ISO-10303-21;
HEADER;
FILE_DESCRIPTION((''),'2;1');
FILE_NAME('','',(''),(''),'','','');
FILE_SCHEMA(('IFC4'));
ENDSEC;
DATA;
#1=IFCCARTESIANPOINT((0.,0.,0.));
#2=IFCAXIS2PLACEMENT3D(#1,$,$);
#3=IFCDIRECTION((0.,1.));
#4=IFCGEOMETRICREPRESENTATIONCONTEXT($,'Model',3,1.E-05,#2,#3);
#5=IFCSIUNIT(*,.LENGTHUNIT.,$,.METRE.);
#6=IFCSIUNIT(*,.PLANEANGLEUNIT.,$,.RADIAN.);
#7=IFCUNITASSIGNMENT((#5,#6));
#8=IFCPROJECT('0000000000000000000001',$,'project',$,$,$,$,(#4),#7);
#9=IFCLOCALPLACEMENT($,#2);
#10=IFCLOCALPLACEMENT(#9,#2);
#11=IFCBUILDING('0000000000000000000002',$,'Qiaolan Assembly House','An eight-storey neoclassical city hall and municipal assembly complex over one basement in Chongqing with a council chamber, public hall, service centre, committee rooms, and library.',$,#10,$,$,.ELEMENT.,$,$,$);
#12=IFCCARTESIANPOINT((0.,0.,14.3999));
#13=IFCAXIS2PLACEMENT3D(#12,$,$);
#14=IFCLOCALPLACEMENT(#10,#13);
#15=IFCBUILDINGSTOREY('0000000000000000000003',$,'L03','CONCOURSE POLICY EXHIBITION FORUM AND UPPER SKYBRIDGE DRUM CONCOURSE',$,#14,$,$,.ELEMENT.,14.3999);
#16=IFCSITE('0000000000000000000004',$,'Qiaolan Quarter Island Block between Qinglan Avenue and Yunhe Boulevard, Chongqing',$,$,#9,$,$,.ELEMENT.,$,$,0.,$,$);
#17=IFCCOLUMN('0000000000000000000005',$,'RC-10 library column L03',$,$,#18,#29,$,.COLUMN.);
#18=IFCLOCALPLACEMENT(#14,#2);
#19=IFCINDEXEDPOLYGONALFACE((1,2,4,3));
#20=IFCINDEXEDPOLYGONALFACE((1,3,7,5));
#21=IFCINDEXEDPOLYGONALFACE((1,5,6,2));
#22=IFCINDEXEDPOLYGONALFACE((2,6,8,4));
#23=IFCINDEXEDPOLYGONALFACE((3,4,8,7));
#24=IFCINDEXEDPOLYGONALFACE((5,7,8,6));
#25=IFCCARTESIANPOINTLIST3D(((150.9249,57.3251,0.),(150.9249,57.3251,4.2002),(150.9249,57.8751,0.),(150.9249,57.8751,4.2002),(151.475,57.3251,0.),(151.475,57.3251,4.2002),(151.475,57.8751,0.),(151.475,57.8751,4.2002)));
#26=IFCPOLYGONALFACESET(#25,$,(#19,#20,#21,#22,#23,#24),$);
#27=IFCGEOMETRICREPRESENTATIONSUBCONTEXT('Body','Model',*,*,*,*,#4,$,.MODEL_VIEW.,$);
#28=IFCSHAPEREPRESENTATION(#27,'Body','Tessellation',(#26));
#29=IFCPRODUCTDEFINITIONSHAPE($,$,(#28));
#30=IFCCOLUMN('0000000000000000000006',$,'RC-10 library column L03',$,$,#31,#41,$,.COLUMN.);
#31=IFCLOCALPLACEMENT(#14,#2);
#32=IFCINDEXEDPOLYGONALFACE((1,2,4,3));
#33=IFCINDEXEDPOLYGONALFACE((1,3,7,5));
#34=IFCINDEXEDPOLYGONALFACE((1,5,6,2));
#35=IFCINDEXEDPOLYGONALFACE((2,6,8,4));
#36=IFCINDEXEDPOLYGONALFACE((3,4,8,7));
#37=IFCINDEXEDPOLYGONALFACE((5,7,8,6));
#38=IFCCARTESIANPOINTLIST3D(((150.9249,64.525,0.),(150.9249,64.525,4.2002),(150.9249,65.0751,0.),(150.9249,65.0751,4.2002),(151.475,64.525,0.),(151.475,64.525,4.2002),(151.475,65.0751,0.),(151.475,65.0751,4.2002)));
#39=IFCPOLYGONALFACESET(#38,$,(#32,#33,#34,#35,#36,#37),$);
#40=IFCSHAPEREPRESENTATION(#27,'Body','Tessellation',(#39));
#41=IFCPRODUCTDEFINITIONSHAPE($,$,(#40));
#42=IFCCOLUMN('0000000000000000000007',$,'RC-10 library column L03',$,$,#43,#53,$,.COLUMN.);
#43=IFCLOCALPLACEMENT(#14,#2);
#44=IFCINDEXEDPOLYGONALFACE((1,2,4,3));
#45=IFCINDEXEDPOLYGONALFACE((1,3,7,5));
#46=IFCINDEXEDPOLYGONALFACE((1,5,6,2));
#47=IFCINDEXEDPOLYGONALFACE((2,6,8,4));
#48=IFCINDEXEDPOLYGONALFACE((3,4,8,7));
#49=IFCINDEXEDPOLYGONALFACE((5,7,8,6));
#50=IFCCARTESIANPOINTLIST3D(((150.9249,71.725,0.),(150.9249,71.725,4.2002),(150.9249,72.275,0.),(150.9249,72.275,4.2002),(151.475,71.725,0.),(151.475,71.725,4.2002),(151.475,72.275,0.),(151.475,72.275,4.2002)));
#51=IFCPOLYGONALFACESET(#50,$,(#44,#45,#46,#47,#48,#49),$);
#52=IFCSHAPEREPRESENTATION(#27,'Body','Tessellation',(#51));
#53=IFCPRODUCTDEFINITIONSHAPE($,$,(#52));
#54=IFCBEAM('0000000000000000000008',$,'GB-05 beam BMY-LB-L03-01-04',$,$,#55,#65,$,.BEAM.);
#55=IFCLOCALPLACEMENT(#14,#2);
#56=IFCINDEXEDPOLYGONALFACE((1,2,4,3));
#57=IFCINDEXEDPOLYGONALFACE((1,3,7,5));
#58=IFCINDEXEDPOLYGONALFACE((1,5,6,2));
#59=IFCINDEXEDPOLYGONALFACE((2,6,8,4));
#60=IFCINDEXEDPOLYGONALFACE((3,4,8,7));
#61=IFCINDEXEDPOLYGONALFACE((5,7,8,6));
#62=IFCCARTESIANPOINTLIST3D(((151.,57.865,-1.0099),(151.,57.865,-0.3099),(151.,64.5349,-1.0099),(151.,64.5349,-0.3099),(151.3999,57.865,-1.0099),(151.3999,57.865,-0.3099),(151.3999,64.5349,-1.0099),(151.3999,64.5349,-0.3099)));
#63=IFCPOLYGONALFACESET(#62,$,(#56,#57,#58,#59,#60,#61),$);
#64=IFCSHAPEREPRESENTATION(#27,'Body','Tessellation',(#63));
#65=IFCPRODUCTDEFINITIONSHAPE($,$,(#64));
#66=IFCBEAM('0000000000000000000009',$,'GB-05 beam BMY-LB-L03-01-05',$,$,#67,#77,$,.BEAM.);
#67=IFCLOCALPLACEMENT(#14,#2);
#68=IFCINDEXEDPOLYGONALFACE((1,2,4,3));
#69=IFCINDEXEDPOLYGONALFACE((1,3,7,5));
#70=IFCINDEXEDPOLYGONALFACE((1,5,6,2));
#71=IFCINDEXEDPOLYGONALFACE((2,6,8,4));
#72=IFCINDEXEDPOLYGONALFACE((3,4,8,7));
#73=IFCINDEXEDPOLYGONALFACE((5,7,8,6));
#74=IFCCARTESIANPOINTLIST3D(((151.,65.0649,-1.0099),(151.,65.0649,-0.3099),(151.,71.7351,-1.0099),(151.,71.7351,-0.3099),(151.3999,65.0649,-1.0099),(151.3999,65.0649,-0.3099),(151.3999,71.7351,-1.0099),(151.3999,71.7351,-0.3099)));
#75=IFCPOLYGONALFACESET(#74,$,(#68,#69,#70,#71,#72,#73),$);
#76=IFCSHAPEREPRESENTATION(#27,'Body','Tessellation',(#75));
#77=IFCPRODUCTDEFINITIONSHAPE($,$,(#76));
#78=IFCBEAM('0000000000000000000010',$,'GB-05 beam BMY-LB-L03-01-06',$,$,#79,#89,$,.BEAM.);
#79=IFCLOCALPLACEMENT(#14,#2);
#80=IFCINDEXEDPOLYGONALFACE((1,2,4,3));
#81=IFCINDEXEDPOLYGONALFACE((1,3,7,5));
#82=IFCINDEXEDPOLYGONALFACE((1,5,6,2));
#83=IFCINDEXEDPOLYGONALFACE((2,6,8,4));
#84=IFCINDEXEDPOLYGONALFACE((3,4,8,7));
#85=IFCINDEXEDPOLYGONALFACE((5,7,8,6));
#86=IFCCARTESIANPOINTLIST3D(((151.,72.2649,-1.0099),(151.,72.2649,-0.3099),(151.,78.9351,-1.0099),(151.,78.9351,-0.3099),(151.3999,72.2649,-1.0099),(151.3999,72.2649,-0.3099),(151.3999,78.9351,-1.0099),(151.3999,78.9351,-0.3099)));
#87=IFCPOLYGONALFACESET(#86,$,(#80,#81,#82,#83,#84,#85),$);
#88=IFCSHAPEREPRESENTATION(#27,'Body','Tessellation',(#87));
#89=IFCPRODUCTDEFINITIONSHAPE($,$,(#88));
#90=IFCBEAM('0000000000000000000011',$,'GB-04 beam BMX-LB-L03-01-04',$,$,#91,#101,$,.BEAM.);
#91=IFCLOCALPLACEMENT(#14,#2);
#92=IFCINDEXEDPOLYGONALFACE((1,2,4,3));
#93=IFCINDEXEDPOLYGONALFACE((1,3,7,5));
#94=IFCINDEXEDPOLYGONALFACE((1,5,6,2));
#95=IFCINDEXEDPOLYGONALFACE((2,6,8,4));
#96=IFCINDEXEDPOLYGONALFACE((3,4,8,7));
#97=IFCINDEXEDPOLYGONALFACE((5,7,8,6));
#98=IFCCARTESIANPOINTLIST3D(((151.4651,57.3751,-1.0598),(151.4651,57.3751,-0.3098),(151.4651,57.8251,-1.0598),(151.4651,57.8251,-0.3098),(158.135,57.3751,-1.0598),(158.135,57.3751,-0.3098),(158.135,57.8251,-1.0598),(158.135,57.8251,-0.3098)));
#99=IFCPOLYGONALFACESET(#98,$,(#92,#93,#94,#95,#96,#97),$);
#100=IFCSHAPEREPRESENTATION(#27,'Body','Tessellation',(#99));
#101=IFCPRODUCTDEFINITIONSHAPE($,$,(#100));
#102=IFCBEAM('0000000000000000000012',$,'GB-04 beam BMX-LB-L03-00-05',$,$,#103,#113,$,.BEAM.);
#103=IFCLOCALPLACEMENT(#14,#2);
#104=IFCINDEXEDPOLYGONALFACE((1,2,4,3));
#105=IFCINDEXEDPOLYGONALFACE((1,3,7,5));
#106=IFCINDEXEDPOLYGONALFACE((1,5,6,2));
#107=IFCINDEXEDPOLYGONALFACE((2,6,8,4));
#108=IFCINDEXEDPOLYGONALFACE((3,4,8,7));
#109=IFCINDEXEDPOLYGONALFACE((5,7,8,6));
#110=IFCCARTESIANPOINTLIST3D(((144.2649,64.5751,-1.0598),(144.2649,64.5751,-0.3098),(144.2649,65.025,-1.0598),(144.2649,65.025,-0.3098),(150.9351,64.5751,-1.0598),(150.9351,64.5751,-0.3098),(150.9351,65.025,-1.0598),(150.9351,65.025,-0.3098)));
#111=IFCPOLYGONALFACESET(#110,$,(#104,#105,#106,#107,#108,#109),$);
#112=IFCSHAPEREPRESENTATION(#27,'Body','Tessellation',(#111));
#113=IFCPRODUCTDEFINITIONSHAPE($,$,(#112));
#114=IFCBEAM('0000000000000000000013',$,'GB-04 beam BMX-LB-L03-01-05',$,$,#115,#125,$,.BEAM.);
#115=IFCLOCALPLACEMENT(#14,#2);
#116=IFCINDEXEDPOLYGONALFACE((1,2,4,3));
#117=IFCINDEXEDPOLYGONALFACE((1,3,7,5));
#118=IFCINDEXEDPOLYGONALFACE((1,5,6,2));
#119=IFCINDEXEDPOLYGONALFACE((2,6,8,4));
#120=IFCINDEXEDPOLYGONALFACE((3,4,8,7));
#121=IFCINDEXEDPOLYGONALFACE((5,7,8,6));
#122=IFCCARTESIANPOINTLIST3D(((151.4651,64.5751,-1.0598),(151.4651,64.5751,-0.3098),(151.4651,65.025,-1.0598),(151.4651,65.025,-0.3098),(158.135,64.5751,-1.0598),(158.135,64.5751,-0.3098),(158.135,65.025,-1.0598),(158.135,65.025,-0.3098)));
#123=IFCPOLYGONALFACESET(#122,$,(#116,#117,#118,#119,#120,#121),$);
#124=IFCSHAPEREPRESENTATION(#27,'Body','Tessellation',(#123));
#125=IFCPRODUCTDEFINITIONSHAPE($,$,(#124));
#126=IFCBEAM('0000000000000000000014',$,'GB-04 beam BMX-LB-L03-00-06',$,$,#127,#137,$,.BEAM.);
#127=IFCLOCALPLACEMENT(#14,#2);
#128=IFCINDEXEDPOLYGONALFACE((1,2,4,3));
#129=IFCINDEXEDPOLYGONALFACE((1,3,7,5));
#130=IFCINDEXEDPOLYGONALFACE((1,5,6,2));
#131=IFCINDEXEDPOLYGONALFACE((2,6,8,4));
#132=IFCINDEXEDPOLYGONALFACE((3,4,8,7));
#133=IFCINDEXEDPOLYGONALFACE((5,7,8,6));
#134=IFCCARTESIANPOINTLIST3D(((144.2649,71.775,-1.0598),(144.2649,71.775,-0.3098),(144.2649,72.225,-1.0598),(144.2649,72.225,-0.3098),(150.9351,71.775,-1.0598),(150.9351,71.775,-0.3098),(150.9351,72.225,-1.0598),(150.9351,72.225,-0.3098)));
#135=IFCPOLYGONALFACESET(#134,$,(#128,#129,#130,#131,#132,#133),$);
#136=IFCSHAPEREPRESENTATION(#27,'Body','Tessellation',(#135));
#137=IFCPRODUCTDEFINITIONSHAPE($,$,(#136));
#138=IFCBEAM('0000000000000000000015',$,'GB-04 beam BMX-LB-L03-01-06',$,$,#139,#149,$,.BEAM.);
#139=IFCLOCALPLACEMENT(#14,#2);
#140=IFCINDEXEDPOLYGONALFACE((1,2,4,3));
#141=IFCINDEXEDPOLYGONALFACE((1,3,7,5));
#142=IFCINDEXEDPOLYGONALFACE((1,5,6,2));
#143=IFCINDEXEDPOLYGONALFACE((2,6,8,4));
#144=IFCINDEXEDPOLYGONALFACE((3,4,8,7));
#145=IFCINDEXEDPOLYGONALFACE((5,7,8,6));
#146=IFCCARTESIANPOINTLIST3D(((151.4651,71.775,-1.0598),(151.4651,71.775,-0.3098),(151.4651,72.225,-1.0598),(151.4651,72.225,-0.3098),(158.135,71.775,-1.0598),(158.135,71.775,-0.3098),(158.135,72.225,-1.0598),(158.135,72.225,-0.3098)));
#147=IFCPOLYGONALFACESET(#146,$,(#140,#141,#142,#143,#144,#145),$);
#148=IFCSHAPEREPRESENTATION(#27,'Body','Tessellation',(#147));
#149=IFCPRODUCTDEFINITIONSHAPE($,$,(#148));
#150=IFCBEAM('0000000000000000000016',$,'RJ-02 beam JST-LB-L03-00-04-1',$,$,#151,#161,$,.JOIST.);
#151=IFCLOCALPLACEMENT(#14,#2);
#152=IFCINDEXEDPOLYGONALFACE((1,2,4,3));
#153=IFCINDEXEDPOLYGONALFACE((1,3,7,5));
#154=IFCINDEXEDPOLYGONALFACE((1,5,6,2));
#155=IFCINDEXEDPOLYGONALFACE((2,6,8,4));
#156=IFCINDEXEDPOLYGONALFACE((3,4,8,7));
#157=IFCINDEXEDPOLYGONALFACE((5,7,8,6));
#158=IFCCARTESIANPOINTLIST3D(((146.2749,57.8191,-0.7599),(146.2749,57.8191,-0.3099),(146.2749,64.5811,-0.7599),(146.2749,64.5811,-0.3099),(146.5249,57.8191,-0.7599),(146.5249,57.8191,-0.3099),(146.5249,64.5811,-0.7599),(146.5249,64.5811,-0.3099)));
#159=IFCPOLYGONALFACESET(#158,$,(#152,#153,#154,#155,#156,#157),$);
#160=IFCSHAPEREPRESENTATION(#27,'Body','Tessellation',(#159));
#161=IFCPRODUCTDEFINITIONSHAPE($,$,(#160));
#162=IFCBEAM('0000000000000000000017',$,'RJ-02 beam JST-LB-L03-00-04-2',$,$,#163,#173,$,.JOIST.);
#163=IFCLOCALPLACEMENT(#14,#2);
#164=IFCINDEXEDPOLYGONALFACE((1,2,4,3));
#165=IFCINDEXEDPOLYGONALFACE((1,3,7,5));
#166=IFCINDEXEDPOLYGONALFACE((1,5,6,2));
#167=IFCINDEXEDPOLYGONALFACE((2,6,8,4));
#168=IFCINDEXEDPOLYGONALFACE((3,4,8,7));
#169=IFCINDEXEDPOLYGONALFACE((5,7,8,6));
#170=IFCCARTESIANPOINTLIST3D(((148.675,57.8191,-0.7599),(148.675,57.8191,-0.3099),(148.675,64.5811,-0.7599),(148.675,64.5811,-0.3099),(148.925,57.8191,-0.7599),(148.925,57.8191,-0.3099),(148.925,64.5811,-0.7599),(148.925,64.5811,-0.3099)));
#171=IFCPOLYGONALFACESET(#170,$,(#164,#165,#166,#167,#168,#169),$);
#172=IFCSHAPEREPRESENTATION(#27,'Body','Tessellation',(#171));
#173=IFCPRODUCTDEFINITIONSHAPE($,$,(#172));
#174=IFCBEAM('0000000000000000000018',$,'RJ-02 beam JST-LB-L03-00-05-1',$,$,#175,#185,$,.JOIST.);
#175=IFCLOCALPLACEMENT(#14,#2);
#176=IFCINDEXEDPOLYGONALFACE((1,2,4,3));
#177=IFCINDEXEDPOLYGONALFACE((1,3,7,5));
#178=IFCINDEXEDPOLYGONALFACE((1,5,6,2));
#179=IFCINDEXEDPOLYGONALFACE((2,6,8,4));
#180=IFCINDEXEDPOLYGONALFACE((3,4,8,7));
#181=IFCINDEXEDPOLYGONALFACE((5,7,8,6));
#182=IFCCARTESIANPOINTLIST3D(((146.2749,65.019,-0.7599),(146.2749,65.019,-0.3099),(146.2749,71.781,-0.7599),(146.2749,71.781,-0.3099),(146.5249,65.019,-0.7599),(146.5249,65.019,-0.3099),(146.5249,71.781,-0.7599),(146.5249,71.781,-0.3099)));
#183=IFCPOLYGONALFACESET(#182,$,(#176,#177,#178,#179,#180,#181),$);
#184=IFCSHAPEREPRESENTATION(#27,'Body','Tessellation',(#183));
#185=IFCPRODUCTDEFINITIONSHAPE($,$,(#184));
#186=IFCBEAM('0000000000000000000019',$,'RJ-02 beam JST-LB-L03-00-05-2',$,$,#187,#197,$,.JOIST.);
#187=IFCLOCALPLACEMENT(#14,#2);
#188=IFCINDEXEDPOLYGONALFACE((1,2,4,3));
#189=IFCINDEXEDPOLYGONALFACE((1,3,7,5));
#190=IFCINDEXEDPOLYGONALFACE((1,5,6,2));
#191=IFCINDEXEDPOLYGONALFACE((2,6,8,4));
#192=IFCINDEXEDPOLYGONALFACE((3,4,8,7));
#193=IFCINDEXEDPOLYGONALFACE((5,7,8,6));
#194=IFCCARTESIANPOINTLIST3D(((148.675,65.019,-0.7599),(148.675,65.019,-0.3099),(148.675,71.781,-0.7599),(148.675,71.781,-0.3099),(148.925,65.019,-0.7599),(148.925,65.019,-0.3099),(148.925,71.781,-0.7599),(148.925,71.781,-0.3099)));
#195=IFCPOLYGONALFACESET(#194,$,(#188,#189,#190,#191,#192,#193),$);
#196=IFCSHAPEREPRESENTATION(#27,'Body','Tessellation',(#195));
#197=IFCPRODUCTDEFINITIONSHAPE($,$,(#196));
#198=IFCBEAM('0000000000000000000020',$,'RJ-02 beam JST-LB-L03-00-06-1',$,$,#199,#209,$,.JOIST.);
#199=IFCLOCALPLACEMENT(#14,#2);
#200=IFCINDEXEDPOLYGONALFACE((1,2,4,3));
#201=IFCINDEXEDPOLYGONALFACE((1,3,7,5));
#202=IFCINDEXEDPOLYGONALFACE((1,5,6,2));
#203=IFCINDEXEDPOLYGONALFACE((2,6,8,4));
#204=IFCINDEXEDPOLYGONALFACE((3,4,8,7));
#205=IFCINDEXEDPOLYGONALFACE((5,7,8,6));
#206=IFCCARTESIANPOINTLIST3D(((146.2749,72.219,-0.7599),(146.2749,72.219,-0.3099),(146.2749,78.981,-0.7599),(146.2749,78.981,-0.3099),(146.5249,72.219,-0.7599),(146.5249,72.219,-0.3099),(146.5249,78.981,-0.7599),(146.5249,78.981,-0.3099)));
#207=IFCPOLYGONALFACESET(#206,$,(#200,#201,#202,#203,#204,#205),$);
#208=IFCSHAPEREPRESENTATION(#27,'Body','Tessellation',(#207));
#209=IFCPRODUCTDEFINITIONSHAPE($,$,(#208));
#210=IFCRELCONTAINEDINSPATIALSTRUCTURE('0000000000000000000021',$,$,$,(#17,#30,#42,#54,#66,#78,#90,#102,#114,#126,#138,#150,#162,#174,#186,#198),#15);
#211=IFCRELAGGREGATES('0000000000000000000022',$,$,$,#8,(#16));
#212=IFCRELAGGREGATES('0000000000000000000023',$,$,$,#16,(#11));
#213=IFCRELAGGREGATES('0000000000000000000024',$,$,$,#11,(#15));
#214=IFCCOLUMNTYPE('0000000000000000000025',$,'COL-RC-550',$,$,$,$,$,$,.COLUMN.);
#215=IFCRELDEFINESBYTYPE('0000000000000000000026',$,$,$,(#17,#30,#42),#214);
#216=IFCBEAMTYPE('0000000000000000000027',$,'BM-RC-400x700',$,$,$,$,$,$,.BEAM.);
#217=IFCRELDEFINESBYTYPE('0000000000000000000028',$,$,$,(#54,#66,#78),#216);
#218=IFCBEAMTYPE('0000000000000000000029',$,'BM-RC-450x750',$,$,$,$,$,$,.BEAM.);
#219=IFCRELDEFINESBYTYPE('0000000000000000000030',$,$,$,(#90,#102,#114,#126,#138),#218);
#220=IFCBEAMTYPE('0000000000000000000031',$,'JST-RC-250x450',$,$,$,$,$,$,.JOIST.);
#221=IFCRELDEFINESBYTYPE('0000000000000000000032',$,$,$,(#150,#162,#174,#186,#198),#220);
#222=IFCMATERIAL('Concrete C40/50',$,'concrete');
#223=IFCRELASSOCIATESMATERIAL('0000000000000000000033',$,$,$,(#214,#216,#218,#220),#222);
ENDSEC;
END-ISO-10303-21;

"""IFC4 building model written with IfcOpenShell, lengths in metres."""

from ifc_helpers import new_model, si_unit, direction, frame, origin, origin_2d, place, context, subcontext, project, spatial, rectangle, extrude, material, material_profile, profile_set, type_object, element, save


model = new_model("IFC4")

# Units and contexts
model_context = context("Model", 3, precision=1e-05, world=origin(), true_north=direction((0.0, 1.0)))
body_context = subcontext(model_context, "Body", "Model", "MODEL_VIEW")
ifc_project = project(units=[si_unit("LENGTHUNIT", "METRE"), si_unit("PLANEANGLEUNIT", "RADIAN")], contexts=[model_context])

# Site, building, storey
site_placement = place(None, origin())
site = spatial("IfcSite", under=ifc_project, at=site_placement, Name="Qiaolan Quarter Island Block between Qinglan Avenue and Yunhe Boulevard, Chongqing", CompositionType="ELEMENT", RefElevation=0.0)
building_placement = place(site_placement, origin())
building = spatial("IfcBuilding", under=site, at=building_placement, Name="Qiaolan Assembly House", Description="An eight-storey neoclassical city hall and municipal assembly complex over one basement in Chongqing with a council chamber, public hall, service centre, committee rooms, and library.", CompositionType="ELEMENT")
storey_placement = place(building_placement, frame((0.0, 0.0, 14.3999)))
storey = spatial("IfcBuildingStorey", under=building, at=storey_placement, Name="L03", Description="CONCOURSE POLICY EXHIBITION FORUM AND UPPER SKYBRIDGE DRUM CONCOURSE", CompositionType="ELEMENT", Elevation=14.3999)

# Columns
ifc_material = material(Name="Concrete C40/50", Category="concrete")
ifc_material_profile_1 = material_profile(ifc_material, rectangle(XDim=0.55, YDim=0.55, at=origin_2d()), Name="RC 550x550")
ifc_profile_set_1 = profile_set([ifc_material_profile_1], Name="Concrete C40/50")
column_type = type_object("IfcColumnType", Name="COL-RC-550", PredefinedType="COLUMN", material=ifc_profile_set_1)
for number, where, z_axis, x_axis, name in (
    (1, (151.2, 57.6001, 0.0), (0.0, 0.0, 1.0), (1.0, 0.0, 0.0), "RC-10 library column L03"),
    (2, (151.2, 64.8, 0.0), (0.0, 0.0, 1.0), (1.0, 0.0, 0.0), "RC-10 library column L03"),
    (3, (151.2, 72.0, 0.0), (0.0, 0.0, 1.0), (1.0, 0.0, 0.0), "RC-10 library column L03"),
):
    element("IfcColumn", number, at=place(storey_placement, frame(where, z_axis=z_axis, x_axis=x_axis)), inside=storey, type_object=column_type, Name=name, PredefinedType="COLUMN", context=body_context, shape_type="SweptSolid", body=[
        extrude(rectangle(XDim=0.55, YDim=0.55, at=origin_2d()), origin(), (0.0, 0.0, 1.0), 4.2002),
    ])

# Beams
ifc_material_profile_2 = material_profile(ifc_material, rectangle(XDim=0.3999, YDim=0.7, at=origin_2d()), Name="RCB 400x700")
ifc_profile_set_2 = profile_set([ifc_material_profile_2], Name="Concrete C40/50")
beam_type_1 = type_object("IfcBeamType", Name="BM-RC-400x700", PredefinedType="BEAM", material=ifc_profile_set_2)
beam_1_placement = place(storey_placement, frame((151.2, 57.865, -0.6599), z_axis=(0.0, 1.0, 0.0), x_axis=(-1.0, 0.0, 0.0)))
element("IfcBeam", 4, at=beam_1_placement, inside=storey, type_object=beam_type_1, Name="GB-05 beam BMY-LB-L03-01-04", PredefinedType="BEAM", context=body_context, shape_type="SweptSolid", body=[
    extrude(rectangle(XDim=0.3999, YDim=0.7, at=origin_2d()), origin(), (0.0, 0.0, 1.0), 6.6699),
])
for number, where, z_axis, x_axis, name in (
    (5, (151.2, 65.0649, -0.6599), (0.0, 1.0, 0.0), (-1.0, 0.0, 0.0), "GB-05 beam BMY-LB-L03-01-05"),
    (6, (151.2, 72.2649, -0.6599), (0.0, 1.0, 0.0), (-1.0, 0.0, 0.0), "GB-05 beam BMY-LB-L03-01-06"),
):
    element("IfcBeam", number, at=place(storey_placement, frame(where, z_axis=z_axis, x_axis=x_axis)), inside=storey, type_object=beam_type_1, Name=name, PredefinedType="BEAM", context=body_context, shape_type="SweptSolid", body=[
        extrude(rectangle(XDim=0.3999, YDim=0.7, at=origin_2d()), origin(), (0.0, 0.0, 1.0), 6.6702),
    ])
ifc_material_profile_3 = material_profile(ifc_material, rectangle(XDim=0.45, YDim=0.75, at=origin_2d()), Name="RCB 450x750")
ifc_profile_set_3 = profile_set([ifc_material_profile_3], Name="Concrete C40/50")
beam_type_2 = type_object("IfcBeamType", Name="BM-RC-450x750", PredefinedType="BEAM", material=ifc_profile_set_3)
beam_2_placement = place(storey_placement, frame((151.4651, 57.6001, -0.6848), z_axis=(1.0, 0.0, 0.0), x_axis=(0.0, 1.0, 0.0)))
element("IfcBeam", 7, at=beam_2_placement, inside=storey, type_object=beam_type_2, Name="GB-04 beam BMX-LB-L03-01-04", PredefinedType="BEAM", context=body_context, shape_type="SweptSolid", body=[
    extrude(rectangle(XDim=0.45, YDim=0.75, at=origin_2d()), origin(), (0.0, 0.0, 1.0), 6.6699),
])
beam_3_placement = place(storey_placement, frame((144.2649, 64.8, -0.6848), z_axis=(1.0, 0.0, 0.0), x_axis=(0.0, 1.0, 0.0)))
element("IfcBeam", 8, at=beam_3_placement, inside=storey, type_object=beam_type_2, Name="GB-04 beam BMX-LB-L03-00-05", PredefinedType="BEAM", context=body_context, shape_type="SweptSolid", body=[
    extrude(rectangle(XDim=0.45, YDim=0.75, at=origin_2d()), origin(), (0.0, 0.0, 1.0), 6.6702),
])
beam_4_placement = place(storey_placement, frame((151.4651, 64.8, -0.6848), z_axis=(1.0, 0.0, 0.0), x_axis=(0.0, 1.0, 0.0)))
element("IfcBeam", 9, at=beam_4_placement, inside=storey, type_object=beam_type_2, Name="GB-04 beam BMX-LB-L03-01-05", PredefinedType="BEAM", context=body_context, shape_type="SweptSolid", body=[
    extrude(rectangle(XDim=0.45, YDim=0.75, at=origin_2d()), origin(), (0.0, 0.0, 1.0), 6.6699),
])
beam_5_placement = place(storey_placement, frame((144.2649, 72.0, -0.6848), z_axis=(1.0, 0.0, 0.0), x_axis=(0.0, 1.0, 0.0)))
element("IfcBeam", 10, at=beam_5_placement, inside=storey, type_object=beam_type_2, Name="GB-04 beam BMX-LB-L03-00-06", PredefinedType="BEAM", context=body_context, shape_type="SweptSolid", body=[
    extrude(rectangle(XDim=0.45, YDim=0.75, at=origin_2d()), origin(), (0.0, 0.0, 1.0), 6.6702),
])
beam_6_placement = place(storey_placement, frame((151.4651, 72.0, -0.6848), z_axis=(1.0, 0.0, 0.0), x_axis=(0.0, 1.0, 0.0)))
element("IfcBeam", 11, at=beam_6_placement, inside=storey, type_object=beam_type_2, Name="GB-04 beam BMX-LB-L03-01-06", PredefinedType="BEAM", context=body_context, shape_type="SweptSolid", body=[
    extrude(rectangle(XDim=0.45, YDim=0.75, at=origin_2d()), origin(), (0.0, 0.0, 1.0), 6.6699),
])
ifc_material_profile_4 = material_profile(ifc_material, rectangle(XDim=0.25, YDim=0.45, at=origin_2d()), Name="RCB 250x450")
ifc_profile_set_4 = profile_set([ifc_material_profile_4], Name="Concrete C40/50")
beam_type_3 = type_object("IfcBeamType", Name="JST-RC-250x450", PredefinedType="JOIST", material=ifc_profile_set_4)
for number, where, z_axis, x_axis, name in (
    (12, (146.3999, 57.8191, -0.5349), (0.0, 1.0, 0.0), (-1.0, 0.0, 0.0), "RJ-02 beam JST-LB-L03-00-04-1"),
    (13, (148.8, 57.8191, -0.5349), (0.0, 1.0, 0.0), (-1.0, 0.0, 0.0), "RJ-02 beam JST-LB-L03-00-04-2"),
    (14, (146.3999, 65.019, -0.5349), (0.0, 1.0, 0.0), (-1.0, 0.0, 0.0), "RJ-02 beam JST-LB-L03-00-05-1"),
    (15, (148.8, 65.019, -0.5349), (0.0, 1.0, 0.0), (-1.0, 0.0, 0.0), "RJ-02 beam JST-LB-L03-00-05-2"),
    (16, (146.3999, 72.219, -0.5349), (0.0, 1.0, 0.0), (-1.0, 0.0, 0.0), "RJ-02 beam JST-LB-L03-00-06-1"),
):
    element("IfcBeam", number, at=place(storey_placement, frame(where, z_axis=z_axis, x_axis=x_axis)), inside=storey, type_object=beam_type_3, Name=name, PredefinedType="JOIST", context=body_context, shape_type="SweptSolid", body=[
        extrude(rectangle(XDim=0.25, YDim=0.45, at=origin_2d()), origin(), (0.0, 0.0, 1.0), 6.762),
    ])

save(model, "model.ifc")
